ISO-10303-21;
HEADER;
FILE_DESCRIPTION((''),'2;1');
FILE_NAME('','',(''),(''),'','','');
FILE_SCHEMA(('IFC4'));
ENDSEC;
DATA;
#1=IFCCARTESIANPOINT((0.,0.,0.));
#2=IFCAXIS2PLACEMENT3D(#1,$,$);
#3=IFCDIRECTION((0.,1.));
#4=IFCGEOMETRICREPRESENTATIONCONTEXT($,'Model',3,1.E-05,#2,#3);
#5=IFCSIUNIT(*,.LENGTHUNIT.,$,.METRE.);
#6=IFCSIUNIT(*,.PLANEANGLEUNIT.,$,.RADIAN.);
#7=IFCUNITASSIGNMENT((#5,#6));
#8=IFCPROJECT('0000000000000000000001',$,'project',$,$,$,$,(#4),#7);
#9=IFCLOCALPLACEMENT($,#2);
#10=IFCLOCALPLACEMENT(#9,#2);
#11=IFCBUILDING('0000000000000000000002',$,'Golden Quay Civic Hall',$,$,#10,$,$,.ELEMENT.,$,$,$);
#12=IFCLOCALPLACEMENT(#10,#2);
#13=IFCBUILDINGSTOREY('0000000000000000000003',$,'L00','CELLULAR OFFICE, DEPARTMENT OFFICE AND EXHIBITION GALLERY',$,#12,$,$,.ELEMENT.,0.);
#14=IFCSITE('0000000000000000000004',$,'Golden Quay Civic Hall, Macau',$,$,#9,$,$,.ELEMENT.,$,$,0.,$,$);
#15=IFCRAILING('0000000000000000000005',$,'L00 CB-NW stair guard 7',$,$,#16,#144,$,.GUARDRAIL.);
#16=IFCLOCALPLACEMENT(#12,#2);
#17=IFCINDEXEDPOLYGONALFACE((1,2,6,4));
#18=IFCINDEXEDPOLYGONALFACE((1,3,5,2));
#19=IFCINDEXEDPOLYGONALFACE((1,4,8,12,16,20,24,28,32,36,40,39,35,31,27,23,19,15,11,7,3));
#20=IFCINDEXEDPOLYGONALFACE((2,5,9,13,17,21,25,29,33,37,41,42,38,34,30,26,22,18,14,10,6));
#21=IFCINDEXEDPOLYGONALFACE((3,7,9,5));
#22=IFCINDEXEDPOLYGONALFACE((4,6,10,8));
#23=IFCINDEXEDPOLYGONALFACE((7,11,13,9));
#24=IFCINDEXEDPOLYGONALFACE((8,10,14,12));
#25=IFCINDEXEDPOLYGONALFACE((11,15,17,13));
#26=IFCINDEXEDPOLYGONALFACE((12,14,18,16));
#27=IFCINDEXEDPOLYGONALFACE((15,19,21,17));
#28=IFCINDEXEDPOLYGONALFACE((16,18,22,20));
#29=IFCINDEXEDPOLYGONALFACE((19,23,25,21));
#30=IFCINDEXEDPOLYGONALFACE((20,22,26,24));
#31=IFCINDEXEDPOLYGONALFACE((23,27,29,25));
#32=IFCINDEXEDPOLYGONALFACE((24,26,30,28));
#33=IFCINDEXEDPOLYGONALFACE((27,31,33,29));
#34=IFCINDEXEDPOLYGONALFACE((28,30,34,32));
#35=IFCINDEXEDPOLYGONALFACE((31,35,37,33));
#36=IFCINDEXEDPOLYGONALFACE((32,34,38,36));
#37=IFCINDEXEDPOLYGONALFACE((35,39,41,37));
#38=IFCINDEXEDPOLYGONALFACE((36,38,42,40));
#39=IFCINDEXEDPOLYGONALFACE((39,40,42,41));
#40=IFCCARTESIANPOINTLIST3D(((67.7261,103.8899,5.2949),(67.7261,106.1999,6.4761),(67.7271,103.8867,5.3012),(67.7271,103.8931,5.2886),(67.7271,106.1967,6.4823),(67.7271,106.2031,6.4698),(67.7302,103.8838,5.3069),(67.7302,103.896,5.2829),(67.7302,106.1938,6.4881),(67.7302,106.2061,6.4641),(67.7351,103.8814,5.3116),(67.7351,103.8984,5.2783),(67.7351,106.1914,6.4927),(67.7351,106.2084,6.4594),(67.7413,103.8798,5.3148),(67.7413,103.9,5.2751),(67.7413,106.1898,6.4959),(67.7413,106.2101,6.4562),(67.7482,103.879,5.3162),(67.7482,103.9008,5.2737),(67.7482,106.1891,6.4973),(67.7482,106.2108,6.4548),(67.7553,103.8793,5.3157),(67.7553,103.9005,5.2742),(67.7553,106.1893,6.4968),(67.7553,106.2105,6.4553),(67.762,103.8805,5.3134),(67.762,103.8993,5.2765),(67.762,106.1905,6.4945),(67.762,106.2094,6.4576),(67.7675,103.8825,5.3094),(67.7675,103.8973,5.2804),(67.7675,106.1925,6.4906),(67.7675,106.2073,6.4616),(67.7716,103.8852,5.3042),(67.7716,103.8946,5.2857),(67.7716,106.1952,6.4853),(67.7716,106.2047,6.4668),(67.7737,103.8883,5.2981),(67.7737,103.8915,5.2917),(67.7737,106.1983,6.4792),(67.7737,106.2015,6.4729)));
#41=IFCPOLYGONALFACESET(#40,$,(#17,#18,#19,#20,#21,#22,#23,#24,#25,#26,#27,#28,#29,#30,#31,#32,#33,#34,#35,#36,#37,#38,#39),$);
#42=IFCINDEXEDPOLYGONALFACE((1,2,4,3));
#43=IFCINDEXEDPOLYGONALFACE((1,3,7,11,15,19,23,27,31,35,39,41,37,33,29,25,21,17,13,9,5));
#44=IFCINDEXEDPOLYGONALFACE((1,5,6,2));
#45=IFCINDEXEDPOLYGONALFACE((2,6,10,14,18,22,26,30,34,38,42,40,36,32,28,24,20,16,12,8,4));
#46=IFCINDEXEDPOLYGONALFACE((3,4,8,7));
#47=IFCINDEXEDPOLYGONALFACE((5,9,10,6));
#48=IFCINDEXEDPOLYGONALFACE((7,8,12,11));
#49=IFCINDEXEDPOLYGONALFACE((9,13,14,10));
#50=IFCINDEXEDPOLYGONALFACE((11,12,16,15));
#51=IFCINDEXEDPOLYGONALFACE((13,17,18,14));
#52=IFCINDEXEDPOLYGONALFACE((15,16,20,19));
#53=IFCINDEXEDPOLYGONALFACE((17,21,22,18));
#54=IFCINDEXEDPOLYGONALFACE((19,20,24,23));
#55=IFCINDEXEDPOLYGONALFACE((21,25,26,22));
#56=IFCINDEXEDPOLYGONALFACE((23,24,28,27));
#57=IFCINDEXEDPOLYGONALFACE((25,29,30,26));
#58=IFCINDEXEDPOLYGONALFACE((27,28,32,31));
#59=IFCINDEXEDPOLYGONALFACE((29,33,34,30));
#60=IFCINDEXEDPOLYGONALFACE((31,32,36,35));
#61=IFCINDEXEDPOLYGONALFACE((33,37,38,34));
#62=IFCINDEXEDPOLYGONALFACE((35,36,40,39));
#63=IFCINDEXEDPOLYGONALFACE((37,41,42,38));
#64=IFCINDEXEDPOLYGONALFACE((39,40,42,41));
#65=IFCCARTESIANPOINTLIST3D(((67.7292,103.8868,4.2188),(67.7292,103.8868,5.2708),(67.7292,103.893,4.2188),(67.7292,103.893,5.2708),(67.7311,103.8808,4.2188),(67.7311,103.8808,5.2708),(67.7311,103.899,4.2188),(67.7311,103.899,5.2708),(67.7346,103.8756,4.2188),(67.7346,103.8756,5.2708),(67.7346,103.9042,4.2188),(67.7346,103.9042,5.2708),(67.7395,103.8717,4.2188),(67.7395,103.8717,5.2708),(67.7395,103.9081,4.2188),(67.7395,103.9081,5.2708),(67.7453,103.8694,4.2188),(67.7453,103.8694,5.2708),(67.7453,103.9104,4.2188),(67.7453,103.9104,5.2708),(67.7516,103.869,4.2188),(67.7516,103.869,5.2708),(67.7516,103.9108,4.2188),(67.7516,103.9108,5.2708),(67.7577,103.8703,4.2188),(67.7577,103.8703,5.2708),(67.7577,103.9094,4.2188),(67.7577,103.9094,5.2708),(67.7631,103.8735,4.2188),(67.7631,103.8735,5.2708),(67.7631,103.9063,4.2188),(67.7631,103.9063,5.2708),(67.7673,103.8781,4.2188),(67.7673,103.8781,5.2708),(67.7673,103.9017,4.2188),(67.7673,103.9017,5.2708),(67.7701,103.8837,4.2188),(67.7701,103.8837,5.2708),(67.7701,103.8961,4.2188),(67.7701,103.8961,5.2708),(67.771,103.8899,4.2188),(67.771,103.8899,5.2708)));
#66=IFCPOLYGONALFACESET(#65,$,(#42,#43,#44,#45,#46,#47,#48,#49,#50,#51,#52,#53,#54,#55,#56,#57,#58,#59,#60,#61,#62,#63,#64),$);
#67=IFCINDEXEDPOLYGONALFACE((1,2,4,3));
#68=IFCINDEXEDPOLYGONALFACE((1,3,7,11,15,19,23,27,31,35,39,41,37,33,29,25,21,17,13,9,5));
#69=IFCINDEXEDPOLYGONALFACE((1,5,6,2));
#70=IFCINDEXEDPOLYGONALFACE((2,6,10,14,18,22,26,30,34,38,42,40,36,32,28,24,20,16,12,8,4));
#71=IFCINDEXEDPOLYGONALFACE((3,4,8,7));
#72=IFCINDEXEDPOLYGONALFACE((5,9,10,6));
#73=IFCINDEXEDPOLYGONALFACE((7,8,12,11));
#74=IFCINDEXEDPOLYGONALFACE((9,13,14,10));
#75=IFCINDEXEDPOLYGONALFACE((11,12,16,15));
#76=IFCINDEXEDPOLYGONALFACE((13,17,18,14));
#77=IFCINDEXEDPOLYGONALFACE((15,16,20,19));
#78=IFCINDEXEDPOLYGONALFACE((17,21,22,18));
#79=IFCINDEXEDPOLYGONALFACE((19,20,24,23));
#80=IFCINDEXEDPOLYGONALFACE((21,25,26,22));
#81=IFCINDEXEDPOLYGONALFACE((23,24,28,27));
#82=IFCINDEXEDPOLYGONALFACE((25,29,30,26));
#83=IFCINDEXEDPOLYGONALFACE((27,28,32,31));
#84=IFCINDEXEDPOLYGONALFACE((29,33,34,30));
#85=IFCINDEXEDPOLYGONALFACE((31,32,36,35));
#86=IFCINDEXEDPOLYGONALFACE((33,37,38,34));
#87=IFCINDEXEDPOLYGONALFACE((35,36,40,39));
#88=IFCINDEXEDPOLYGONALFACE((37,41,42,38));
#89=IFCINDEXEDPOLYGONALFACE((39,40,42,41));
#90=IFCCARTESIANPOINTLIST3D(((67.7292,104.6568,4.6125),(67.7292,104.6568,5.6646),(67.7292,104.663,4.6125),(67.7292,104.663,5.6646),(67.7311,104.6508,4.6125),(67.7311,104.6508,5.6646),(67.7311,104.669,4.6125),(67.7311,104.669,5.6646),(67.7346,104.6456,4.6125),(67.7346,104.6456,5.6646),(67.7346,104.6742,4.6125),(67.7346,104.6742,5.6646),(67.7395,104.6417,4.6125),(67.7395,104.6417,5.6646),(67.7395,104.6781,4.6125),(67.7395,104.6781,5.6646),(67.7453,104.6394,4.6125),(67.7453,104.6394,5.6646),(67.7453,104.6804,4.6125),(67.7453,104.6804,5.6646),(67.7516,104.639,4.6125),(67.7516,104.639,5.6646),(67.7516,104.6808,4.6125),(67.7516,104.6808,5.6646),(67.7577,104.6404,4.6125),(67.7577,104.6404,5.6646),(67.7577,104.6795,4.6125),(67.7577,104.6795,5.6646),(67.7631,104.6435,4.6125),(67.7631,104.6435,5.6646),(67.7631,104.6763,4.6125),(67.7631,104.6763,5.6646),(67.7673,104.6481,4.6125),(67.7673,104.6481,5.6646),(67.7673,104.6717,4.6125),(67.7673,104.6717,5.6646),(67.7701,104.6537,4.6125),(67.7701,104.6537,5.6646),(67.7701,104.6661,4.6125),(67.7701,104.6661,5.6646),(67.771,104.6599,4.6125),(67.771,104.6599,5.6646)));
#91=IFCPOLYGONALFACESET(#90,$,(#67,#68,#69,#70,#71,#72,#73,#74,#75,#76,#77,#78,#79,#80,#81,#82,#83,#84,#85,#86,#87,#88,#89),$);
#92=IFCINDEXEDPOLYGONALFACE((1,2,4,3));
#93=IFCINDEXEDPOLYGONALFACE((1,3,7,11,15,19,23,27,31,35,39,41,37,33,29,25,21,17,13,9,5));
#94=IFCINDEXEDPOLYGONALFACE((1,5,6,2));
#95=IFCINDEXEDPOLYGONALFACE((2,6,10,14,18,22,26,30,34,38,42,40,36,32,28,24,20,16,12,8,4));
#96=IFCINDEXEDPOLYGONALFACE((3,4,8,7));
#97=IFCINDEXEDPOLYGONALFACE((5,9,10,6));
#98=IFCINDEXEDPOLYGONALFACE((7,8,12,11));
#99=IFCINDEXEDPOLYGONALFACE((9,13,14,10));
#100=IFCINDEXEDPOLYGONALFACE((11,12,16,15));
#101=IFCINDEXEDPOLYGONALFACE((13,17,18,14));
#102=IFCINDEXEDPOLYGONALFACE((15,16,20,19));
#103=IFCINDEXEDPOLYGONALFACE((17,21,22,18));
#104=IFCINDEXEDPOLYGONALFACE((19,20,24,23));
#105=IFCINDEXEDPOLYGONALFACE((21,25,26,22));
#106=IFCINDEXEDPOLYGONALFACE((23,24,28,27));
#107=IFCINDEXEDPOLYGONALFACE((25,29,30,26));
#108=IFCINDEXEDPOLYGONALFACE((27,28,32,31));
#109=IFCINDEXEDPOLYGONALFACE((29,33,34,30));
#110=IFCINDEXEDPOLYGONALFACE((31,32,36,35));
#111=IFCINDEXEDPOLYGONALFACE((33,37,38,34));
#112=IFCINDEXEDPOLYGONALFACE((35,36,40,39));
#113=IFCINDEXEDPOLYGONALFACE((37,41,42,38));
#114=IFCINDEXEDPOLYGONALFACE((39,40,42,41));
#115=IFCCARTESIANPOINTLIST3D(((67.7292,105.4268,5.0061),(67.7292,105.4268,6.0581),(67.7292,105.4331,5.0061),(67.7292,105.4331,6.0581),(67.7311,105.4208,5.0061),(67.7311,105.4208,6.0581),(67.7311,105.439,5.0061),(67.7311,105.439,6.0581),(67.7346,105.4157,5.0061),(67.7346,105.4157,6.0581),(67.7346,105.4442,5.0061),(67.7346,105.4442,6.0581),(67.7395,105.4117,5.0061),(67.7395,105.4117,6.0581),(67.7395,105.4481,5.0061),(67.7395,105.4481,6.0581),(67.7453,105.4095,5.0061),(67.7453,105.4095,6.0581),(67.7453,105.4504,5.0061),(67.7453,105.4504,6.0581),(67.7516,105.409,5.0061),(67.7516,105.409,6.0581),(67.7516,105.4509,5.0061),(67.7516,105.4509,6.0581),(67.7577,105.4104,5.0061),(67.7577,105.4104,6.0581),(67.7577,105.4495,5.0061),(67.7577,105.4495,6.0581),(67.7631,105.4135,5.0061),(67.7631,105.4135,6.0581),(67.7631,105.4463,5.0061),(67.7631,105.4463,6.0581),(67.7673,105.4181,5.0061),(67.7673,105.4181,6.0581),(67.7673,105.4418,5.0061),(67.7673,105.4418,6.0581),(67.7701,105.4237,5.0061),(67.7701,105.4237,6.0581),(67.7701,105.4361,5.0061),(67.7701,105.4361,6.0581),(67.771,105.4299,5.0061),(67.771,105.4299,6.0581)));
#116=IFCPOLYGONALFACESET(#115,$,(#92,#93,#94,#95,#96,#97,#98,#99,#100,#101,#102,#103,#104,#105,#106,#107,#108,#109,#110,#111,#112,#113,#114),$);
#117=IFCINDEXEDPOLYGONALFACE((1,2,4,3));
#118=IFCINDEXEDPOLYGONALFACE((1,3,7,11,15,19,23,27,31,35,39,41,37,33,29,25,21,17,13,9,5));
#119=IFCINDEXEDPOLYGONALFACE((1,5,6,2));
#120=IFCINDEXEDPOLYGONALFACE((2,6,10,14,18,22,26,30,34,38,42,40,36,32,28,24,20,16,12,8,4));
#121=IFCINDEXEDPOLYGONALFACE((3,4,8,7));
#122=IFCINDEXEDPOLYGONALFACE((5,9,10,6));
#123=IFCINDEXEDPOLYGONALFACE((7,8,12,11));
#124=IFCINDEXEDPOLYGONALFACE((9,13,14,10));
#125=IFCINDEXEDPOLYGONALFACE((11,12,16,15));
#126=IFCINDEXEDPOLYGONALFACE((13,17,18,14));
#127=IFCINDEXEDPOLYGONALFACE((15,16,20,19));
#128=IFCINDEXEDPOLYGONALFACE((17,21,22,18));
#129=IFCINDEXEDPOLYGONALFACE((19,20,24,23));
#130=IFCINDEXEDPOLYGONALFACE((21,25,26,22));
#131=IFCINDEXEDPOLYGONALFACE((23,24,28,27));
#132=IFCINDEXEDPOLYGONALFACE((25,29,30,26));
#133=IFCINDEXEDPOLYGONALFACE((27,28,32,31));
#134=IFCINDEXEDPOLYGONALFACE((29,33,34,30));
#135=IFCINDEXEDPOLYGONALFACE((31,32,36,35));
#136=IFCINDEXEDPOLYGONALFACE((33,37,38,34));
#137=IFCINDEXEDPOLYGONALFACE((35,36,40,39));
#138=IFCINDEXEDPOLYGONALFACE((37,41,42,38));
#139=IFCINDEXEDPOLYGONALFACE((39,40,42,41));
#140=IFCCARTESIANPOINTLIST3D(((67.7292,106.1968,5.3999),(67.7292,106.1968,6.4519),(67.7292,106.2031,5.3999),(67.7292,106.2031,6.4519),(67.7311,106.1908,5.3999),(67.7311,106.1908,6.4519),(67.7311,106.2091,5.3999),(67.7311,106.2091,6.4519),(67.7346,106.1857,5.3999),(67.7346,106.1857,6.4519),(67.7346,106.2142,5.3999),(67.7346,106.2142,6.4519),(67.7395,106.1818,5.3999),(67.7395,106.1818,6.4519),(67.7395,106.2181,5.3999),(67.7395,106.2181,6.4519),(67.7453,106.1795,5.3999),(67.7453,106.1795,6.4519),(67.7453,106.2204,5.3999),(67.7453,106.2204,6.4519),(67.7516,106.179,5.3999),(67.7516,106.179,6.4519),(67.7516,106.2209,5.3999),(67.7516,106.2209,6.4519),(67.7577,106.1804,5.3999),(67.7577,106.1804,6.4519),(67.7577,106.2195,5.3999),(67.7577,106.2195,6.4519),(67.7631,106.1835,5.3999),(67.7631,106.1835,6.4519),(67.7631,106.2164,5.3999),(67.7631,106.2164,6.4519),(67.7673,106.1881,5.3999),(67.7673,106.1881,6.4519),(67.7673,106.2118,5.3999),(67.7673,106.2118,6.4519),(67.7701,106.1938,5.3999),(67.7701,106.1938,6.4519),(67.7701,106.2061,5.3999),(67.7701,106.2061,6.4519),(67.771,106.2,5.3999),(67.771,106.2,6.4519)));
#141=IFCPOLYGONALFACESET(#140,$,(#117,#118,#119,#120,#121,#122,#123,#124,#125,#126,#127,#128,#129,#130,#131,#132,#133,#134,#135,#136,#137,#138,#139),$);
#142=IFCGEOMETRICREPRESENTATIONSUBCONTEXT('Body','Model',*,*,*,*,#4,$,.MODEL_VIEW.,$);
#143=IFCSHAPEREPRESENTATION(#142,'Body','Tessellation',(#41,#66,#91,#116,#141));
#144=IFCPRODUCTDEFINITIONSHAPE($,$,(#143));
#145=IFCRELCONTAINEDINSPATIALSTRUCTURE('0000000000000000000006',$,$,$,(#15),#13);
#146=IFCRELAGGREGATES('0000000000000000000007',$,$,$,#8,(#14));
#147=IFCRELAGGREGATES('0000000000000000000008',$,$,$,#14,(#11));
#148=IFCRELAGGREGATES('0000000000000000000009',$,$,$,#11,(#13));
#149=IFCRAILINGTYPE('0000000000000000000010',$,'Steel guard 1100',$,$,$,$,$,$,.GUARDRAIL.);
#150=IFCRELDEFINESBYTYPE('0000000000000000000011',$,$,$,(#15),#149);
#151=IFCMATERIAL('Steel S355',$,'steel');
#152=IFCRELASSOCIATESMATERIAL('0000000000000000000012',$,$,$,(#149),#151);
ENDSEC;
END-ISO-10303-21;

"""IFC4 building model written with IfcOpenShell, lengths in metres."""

from ifc_helpers import new_model, si_unit, direction, frame, origin, origin_2d, place, context, subcontext, project, spatial, circle, extrude, material, type_object, element, save


model = new_model("IFC4")

# Units and contexts
model_context = context("Model", 3, precision=1e-05, world=origin(), true_north=direction((0.0, 1.0)))
body_context = subcontext(model_context, "Body", "Model", "MODEL_VIEW")
ifc_project = project(units=[si_unit("LENGTHUNIT", "METRE"), si_unit("PLANEANGLEUNIT", "RADIAN")], contexts=[model_context])

# Site, building, storey
site_placement = place(None, origin())
site = spatial("IfcSite", under=ifc_project, at=site_placement, Name="Golden Quay Civic Hall, Macau", CompositionType="ELEMENT", RefElevation=0.0)
building_placement = place(site_placement, origin())
building = spatial("IfcBuilding", under=site, at=building_placement, Name="Golden Quay Civic Hall", CompositionType="ELEMENT")
storey_placement = place(building_placement, origin())
storey = spatial("IfcBuildingStorey", under=building, at=storey_placement, Name="L00", Description="CELLULAR OFFICE, DEPARTMENT OFFICE AND EXHIBITION GALLERY", CompositionType="ELEMENT", Elevation=0.0)

# Railing
ifc_material_1 = material(Name="Steel S355", Category="steel")
railing_type_1 = type_object("IfcRailingType", Name="Steel guard 1100", PredefinedType="GUARDRAIL", material=ifc_material_1)
railing_1_placement = place(storey_placement, frame((67.75, 103.8899, 4.2188)))
element("IfcRailing", 1, at=railing_1_placement, inside=storey, type_object=railing_type_1, Name="L00 CB-NW stair guard 7", PredefinedType="GUARDRAIL", context=body_context, shape_type="SweptSolid", body=[
    extrude(circle(Radius=0.0239, at=origin_2d()), frame((0.0, 0.0, 1.0762), z_axis=(0.0, 0.890363, 0.45525), x_axis=(-1.0, 0.0, 0.0)), (0.0, 0.0, 1.0), 2.5945),
    extrude(circle(Radius=0.021, at=origin_2d()), origin(), (0.0, 0.0, 1.0), 1.052),
    extrude(circle(Radius=0.021, at=origin_2d()), frame((0.0, 0.77, 0.3938)), (0.0, 0.0, 1.0), 1.052),
    extrude(circle(Radius=0.021, at=origin_2d()), frame((0.0, 1.54, 0.7874)), (0.0, 0.0, 1.0), 1.052),
    extrude(circle(Radius=0.021, at=origin_2d()), frame((0.0, 2.3101, 1.1812)), (0.0, 0.0, 1.0), 1.052),
])

save(model, "model.ifc")
